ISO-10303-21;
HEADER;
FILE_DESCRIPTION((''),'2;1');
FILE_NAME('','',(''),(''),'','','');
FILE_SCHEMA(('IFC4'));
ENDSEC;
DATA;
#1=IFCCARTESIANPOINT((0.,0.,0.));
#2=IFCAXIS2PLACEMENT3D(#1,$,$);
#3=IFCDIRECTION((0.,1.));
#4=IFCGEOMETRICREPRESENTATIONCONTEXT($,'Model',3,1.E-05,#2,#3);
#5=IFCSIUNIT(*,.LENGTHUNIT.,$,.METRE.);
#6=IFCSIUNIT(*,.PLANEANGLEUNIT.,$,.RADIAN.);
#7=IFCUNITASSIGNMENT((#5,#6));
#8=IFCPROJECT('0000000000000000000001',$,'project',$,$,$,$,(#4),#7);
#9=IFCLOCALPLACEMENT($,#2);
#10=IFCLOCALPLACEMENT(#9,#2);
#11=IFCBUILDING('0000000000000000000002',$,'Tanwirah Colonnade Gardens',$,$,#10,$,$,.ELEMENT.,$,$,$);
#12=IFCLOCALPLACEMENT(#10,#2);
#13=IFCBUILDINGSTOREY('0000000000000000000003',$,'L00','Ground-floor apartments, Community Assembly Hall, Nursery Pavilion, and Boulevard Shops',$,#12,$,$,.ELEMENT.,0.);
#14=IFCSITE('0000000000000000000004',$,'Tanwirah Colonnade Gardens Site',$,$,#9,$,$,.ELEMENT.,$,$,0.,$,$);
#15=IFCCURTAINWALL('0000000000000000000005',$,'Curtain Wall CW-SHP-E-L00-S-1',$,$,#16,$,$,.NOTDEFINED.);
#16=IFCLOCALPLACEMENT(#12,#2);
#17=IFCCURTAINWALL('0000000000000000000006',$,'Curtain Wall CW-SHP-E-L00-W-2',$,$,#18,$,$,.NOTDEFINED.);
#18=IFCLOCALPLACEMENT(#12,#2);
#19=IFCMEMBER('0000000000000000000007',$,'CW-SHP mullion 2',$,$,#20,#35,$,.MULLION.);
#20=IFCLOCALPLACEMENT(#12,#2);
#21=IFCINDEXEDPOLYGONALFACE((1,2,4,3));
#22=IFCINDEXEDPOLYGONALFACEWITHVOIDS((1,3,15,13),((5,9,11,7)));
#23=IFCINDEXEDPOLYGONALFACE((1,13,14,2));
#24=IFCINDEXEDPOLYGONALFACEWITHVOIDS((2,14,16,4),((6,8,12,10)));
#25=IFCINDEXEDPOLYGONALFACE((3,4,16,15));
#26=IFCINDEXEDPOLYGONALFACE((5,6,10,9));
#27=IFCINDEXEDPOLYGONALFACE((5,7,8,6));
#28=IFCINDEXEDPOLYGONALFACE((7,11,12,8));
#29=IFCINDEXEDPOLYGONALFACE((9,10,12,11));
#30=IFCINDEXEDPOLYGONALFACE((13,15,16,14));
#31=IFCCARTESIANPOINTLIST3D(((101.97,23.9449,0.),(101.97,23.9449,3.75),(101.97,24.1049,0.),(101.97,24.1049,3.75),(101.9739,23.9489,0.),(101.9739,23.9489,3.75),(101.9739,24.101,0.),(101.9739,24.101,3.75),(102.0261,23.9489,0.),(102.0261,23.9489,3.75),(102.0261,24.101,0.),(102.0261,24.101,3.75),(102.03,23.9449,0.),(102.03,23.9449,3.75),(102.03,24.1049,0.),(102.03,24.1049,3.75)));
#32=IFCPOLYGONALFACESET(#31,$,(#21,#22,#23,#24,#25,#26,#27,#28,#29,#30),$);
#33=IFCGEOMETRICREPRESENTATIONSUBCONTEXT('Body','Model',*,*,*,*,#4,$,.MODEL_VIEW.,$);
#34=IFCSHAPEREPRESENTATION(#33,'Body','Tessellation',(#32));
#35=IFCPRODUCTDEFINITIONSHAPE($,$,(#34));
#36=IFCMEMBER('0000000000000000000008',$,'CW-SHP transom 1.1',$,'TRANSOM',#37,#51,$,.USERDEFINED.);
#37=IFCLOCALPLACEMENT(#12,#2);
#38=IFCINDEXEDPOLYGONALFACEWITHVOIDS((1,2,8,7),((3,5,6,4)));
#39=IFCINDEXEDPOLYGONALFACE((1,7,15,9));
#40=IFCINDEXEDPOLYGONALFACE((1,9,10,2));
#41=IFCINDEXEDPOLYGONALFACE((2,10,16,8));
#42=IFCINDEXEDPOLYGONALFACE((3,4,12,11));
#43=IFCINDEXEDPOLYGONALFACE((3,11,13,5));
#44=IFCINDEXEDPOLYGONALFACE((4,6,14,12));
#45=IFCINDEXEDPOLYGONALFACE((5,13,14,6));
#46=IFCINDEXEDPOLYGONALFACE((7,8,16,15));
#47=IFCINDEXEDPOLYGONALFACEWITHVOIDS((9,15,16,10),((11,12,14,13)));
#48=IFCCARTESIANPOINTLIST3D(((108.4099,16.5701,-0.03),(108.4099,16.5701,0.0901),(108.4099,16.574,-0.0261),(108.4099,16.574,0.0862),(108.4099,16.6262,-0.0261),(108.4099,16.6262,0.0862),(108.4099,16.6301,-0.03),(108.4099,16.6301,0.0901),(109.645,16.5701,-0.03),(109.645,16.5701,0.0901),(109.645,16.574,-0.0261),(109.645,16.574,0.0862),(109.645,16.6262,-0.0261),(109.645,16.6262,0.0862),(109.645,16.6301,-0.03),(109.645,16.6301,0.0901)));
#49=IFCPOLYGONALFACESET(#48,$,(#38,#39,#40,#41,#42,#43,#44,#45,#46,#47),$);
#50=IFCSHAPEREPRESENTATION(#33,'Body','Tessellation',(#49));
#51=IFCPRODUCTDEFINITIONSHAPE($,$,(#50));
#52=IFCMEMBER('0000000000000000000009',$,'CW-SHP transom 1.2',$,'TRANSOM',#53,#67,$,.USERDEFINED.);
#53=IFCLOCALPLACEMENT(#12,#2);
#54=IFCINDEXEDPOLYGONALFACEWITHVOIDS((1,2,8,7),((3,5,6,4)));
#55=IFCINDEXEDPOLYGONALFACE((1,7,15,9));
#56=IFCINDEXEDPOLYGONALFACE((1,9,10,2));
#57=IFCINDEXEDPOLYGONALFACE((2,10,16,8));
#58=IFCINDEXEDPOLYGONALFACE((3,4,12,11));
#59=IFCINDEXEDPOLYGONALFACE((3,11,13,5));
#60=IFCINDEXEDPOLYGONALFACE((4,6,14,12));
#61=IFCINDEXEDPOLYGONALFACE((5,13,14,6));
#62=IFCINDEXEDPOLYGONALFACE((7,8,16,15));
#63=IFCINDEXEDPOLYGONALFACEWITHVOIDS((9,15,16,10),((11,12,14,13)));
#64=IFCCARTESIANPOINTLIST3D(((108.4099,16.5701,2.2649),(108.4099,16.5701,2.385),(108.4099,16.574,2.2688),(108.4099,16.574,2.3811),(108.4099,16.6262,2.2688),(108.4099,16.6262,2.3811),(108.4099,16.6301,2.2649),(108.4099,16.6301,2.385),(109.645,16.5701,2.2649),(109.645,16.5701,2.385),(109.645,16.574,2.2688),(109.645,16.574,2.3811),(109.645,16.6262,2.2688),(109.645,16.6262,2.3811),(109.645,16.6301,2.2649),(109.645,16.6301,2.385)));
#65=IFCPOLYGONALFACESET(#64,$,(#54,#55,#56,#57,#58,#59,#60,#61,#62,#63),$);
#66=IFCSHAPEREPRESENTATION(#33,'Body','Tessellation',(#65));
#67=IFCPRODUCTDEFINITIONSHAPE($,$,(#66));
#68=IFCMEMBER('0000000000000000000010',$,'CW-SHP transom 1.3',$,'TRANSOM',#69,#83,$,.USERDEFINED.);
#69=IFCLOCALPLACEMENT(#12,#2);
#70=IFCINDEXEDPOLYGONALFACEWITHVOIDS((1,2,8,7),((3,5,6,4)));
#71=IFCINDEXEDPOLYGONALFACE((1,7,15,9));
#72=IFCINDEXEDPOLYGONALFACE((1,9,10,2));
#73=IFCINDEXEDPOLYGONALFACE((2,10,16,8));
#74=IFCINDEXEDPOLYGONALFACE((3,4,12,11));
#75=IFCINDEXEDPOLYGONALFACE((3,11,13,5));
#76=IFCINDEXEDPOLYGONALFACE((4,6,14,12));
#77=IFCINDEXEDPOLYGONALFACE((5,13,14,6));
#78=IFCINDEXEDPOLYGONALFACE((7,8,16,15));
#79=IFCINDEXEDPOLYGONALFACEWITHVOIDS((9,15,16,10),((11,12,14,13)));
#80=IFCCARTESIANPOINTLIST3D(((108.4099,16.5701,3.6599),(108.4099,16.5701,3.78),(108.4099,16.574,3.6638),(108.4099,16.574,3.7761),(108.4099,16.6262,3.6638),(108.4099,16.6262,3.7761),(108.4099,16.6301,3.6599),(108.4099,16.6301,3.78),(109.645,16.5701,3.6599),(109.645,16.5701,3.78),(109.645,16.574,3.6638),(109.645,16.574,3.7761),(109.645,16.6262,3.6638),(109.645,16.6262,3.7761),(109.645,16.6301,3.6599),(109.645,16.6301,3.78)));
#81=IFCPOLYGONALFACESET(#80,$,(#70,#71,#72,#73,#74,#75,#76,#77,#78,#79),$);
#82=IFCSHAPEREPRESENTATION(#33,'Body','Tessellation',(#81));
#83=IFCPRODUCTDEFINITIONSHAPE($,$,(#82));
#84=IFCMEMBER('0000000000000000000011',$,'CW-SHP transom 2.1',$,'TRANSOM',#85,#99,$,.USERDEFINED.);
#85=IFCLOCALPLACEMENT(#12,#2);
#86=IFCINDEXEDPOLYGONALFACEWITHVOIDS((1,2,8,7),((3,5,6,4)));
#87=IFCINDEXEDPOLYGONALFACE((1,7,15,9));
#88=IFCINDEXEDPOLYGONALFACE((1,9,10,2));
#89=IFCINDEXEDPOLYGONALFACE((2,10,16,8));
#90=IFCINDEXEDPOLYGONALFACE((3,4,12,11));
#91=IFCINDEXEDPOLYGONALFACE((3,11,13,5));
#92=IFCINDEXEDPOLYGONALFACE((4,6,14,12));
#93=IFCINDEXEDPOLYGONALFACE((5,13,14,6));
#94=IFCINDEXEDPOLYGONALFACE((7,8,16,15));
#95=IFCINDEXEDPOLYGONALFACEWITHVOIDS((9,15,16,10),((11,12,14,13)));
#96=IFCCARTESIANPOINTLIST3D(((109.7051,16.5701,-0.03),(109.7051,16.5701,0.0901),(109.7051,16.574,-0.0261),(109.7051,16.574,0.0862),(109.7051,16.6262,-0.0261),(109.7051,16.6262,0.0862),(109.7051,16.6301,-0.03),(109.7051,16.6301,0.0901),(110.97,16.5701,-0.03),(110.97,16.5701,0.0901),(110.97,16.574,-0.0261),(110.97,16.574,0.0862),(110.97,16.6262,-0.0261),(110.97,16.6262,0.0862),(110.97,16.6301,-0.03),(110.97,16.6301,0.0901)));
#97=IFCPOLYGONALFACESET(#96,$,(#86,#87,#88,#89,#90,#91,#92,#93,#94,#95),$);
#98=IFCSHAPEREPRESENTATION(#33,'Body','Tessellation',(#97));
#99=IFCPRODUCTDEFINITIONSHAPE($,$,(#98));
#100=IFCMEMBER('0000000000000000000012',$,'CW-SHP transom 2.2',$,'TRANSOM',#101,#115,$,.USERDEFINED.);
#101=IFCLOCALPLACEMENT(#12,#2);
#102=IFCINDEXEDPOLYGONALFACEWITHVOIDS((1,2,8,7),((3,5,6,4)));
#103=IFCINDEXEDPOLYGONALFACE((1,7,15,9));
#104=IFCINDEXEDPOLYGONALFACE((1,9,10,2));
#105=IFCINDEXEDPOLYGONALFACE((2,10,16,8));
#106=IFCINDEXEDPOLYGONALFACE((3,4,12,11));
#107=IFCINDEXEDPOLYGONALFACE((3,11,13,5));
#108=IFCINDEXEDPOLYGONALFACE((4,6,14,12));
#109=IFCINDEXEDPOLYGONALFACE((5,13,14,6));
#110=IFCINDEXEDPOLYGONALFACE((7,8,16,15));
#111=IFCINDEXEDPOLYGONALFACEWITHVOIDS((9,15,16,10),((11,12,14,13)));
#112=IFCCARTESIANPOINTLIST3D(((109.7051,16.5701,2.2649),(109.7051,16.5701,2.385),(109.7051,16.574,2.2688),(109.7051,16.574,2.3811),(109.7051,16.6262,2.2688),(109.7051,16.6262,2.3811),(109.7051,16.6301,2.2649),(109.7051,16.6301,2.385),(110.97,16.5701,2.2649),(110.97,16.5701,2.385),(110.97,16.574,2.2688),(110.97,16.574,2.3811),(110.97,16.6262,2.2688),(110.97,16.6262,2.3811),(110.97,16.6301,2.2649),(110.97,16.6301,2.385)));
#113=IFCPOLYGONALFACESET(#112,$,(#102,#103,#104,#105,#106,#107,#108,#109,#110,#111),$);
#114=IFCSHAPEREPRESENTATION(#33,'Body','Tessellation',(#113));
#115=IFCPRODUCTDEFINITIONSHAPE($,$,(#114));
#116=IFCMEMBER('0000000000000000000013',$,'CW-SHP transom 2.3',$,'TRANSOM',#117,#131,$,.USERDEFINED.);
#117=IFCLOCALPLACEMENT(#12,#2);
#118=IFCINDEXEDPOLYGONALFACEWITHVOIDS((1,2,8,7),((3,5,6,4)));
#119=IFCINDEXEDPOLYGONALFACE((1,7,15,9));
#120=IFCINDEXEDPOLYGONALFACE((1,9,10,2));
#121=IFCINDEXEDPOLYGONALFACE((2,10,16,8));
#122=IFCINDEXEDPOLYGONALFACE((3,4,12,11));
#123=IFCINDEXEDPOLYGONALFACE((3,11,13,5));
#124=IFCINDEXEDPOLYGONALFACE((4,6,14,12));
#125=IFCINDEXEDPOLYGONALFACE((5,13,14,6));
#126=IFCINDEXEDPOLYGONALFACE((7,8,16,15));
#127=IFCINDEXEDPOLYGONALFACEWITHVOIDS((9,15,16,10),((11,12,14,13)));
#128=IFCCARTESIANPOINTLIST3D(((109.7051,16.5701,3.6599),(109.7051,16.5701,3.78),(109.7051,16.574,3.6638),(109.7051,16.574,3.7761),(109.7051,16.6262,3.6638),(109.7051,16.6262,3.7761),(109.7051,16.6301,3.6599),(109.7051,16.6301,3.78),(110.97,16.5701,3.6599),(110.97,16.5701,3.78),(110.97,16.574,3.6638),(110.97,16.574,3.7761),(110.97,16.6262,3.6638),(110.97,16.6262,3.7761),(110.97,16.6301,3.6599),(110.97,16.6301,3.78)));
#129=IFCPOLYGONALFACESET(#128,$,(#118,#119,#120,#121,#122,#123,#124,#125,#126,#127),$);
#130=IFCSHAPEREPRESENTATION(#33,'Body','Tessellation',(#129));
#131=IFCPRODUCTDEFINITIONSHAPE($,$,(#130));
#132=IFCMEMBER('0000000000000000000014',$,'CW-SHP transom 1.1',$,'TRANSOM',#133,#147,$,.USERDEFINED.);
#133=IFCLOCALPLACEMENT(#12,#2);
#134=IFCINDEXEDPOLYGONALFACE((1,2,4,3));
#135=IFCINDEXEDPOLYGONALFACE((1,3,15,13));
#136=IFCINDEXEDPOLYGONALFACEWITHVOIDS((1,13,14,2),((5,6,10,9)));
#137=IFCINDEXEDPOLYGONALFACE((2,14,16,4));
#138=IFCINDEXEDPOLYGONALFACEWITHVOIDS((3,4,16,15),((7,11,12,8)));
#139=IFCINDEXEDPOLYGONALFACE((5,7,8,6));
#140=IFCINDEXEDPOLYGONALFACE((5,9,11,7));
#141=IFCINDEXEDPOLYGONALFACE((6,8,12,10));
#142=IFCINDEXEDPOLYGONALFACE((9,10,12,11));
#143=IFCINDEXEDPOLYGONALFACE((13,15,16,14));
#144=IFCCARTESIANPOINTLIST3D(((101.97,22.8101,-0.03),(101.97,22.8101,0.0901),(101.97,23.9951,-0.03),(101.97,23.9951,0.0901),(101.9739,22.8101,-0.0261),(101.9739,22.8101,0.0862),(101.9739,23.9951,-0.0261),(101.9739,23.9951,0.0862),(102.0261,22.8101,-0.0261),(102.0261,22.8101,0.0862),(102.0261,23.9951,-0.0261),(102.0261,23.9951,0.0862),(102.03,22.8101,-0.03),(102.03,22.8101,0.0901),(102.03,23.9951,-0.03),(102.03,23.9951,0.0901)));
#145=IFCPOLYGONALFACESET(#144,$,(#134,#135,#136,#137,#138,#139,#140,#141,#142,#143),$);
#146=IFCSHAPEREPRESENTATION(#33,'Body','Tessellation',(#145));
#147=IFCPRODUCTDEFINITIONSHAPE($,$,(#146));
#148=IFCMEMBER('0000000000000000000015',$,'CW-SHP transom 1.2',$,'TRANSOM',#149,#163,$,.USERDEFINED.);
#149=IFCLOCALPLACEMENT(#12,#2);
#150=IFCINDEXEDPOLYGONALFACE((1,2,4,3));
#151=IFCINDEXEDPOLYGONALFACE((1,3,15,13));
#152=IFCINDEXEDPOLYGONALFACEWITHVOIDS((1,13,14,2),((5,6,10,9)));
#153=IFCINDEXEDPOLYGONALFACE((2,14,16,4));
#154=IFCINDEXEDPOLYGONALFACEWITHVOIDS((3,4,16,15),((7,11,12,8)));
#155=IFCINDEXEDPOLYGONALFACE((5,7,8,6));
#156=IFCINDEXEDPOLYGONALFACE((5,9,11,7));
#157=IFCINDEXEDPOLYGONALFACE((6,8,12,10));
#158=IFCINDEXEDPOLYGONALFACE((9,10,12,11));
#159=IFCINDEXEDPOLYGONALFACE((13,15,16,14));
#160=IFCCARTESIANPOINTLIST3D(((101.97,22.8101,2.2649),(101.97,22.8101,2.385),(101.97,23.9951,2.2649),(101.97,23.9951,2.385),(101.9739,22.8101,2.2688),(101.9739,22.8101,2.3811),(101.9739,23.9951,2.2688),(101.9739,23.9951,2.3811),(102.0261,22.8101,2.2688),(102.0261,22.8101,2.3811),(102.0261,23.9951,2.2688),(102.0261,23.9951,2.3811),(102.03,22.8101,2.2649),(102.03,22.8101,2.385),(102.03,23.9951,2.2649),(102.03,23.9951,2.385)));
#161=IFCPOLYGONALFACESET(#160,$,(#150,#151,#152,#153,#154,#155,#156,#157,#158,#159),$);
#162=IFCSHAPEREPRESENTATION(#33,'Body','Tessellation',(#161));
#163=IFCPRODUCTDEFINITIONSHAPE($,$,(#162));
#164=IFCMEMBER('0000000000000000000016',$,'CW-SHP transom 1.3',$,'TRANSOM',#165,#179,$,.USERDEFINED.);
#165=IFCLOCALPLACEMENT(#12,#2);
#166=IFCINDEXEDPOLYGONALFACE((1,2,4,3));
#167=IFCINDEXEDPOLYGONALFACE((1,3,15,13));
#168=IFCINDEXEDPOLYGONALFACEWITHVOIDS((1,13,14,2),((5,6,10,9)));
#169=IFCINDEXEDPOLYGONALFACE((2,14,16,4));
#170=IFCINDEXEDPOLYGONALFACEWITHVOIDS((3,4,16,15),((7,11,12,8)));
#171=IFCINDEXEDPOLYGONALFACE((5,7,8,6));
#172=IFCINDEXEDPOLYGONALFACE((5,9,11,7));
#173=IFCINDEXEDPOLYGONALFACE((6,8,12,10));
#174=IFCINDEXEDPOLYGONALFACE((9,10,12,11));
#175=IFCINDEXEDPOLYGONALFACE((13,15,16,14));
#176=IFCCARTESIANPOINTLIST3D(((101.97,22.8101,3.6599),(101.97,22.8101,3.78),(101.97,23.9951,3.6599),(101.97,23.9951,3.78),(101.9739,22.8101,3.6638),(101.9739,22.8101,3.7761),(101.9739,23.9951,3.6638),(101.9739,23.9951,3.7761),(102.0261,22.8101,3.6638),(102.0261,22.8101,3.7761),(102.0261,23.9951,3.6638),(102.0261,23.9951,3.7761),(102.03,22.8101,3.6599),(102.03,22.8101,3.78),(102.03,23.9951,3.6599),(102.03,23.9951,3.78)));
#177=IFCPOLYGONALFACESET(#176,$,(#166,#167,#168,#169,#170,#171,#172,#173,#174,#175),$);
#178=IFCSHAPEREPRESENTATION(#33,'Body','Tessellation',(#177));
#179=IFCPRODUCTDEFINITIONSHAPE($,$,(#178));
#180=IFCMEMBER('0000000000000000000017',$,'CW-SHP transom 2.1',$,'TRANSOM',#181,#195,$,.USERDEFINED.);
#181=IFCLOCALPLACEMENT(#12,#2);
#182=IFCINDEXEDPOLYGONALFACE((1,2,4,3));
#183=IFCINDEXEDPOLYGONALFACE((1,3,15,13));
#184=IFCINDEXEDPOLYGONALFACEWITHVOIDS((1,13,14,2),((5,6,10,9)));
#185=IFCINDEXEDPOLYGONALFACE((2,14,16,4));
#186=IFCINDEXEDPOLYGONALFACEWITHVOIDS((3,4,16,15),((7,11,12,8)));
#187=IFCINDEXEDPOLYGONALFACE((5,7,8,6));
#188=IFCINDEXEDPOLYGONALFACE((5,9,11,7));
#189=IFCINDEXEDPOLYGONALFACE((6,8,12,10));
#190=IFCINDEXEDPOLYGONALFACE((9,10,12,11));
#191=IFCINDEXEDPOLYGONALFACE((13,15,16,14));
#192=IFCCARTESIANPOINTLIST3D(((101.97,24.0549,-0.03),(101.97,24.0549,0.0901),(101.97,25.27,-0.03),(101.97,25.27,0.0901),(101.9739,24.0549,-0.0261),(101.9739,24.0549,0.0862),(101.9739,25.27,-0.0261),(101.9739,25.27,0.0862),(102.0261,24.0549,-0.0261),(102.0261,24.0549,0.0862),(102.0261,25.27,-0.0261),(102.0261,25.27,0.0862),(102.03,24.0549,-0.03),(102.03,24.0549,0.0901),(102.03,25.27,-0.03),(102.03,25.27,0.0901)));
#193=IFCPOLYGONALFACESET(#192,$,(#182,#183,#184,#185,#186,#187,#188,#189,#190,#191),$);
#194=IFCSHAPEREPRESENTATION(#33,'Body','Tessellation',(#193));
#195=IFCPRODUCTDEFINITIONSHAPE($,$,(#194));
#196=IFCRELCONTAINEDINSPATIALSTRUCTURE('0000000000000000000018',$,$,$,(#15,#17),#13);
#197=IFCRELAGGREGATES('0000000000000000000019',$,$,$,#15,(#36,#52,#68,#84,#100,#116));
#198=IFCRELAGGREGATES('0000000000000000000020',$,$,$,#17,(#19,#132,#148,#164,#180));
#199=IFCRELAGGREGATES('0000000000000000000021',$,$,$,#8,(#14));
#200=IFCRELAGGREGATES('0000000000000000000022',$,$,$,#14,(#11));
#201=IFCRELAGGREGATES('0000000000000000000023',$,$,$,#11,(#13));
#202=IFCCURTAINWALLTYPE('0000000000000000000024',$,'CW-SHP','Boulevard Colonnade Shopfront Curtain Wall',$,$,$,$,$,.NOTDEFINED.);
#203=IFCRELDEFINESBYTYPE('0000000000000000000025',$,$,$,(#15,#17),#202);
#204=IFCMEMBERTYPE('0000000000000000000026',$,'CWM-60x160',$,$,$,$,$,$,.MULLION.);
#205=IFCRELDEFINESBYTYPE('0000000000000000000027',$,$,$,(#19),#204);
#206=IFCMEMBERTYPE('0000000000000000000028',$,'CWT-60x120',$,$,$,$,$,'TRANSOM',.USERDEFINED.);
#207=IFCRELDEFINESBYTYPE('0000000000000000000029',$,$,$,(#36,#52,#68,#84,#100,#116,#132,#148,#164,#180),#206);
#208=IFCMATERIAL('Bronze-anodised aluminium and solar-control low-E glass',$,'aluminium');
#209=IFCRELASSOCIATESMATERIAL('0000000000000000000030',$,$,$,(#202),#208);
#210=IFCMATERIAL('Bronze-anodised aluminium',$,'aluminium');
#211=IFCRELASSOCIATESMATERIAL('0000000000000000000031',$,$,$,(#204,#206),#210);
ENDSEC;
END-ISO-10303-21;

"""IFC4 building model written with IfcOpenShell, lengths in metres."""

from ifc_helpers import new_model, si_unit, direction, frame, origin, origin_2d, place, context, subcontext, project, spatial, hollow_rectangle, extrude, material, material_profile, profile_set, type_object, element, aggregate, save


model = new_model("IFC4")

# Units and contexts
model_context = context("Model", 3, precision=1e-05, world=origin(), true_north=direction((0.0, 1.0)))
body_context = subcontext(model_context, "Body", "Model", "MODEL_VIEW")
ifc_project = project(units=[si_unit("LENGTHUNIT", "METRE"), si_unit("PLANEANGLEUNIT", "RADIAN")], contexts=[model_context])

# Site, building, storey
site_placement = place(None, origin())
site = spatial("IfcSite", under=ifc_project, at=site_placement, Name="Tanwirah Colonnade Gardens Site", CompositionType="ELEMENT", RefElevation=0.0)
building_placement = place(site_placement, origin())
building = spatial("IfcBuilding", under=site, at=building_placement, Name="Tanwirah Colonnade Gardens", CompositionType="ELEMENT")
storey_placement = place(building_placement, origin())
storey = spatial("IfcBuildingStorey", under=building, at=storey_placement, Name="L00", Description="Ground-floor apartments, Community Assembly Hall, Nursery Pavilion, and Boulevard Shops", CompositionType="ELEMENT", Elevation=0.0)

# Curtain walls, member
ifc_material_1 = material(Name="Bronze-anodised aluminium and solar-control low-E glass", Category="aluminium")
curtain_wall_type = type_object("IfcCurtainWallType", Name="CW-SHP", Description="Boulevard Colonnade Shopfront Curtain Wall", PredefinedType="NOTDEFINED", material=ifc_material_1)
curtain_wall_1_placement = place(storey_placement, origin())
curtain_wall_1 = element("IfcCurtainWall", 1, at=curtain_wall_1_placement, inside=storey, type_object=curtain_wall_type, Name="Curtain Wall CW-SHP-E-L00-S-1", PredefinedType="NOTDEFINED")
ifc_material_2 = material(Name="Bronze-anodised aluminium", Category="aluminium")
ifc_material_profile_1 = material_profile(ifc_material_2, hollow_rectangle(XDim=0.0601, YDim=0.1599, WallThickness=0.0039, at=origin_2d()), Name="CW-MUL 60x160x4")
ifc_profile_set_1 = profile_set([ifc_material_profile_1], Name="Bronze-anodised aluminium")
member_type_1 = type_object("IfcMemberType", Name="CWM-60x160", PredefinedType="MULLION", material=ifc_profile_set_1)
curtain_wall_2_placement = place(storey_placement, origin())
curtain_wall_2 = element("IfcCurtainWall", 2, at=curtain_wall_2_placement, inside=storey, type_object=curtain_wall_type, Name="Curtain Wall CW-SHP-E-L00-W-2", PredefinedType="NOTDEFINED")
member_1_placement = place(storey_placement, frame((102.0, 24.0249, 0.0), z_axis=(0.0, 0.0, 1.0), x_axis=(-1.0, 0.0, 0.0)))
member_1 = element("IfcMember", 3, at=member_1_placement, type_object=member_type_1, Name="CW-SHP mullion 2", PredefinedType="MULLION", context=body_context, shape_type="SweptSolid", body=[
    extrude(hollow_rectangle(XDim=0.0601, YDim=0.1599, WallThickness=0.0039, at=origin_2d()), origin(), (0.0, 0.0, 1.0), 3.75),
])

# Members
ifc_material_profile_2 = material_profile(ifc_material_2, hollow_rectangle(XDim=0.0601, YDim=0.1201, WallThickness=0.0039, at=origin_2d()), Name="CW-TRN 60x120x4")
ifc_profile_set_2 = profile_set([ifc_material_profile_2], Name="Bronze-anodised aluminium")
member_type_2 = type_object("IfcMemberType", Name="CWT-60x120", ElementType="TRANSOM", PredefinedType="USERDEFINED", material=ifc_profile_set_2)
member_2_placement = place(storey_placement, frame((108.4099, 16.6001, 0.03), z_axis=(1.0, 0.0, 0.0), x_axis=(0.0, 1.0, 0.0)))
member_2 = element("IfcMember", 4, at=member_2_placement, type_object=member_type_2, Name="CW-SHP transom 1.1", ObjectType="TRANSOM", PredefinedType="USERDEFINED", context=body_context, shape_type="SweptSolid", body=[
    extrude(hollow_rectangle(XDim=0.0601, YDim=0.1201, WallThickness=0.0039, at=origin_2d()), origin(), (0.0, 0.0, 1.0), 1.2351),
])
member_3_placement = place(storey_placement, frame((108.4099, 16.6001, 2.325), z_axis=(1.0, 0.0, 0.0), x_axis=(0.0, 1.0, 0.0)))
member_3 = element("IfcMember", 5, at=member_3_placement, type_object=member_type_2, Name="CW-SHP transom 1.2", ObjectType="TRANSOM", PredefinedType="USERDEFINED", context=body_context, shape_type="SweptSolid", body=[
    extrude(hollow_rectangle(XDim=0.0601, YDim=0.1201, WallThickness=0.0039, at=origin_2d()), origin(), (0.0, 0.0, 1.0), 1.2351),
])
member_4_placement = place(storey_placement, frame((108.4099, 16.6001, 3.72), z_axis=(1.0, 0.0, 0.0), x_axis=(0.0, 1.0, 0.0)))
member_4 = element("IfcMember", 6, at=member_4_placement, type_object=member_type_2, Name="CW-SHP transom 1.3", ObjectType="TRANSOM", PredefinedType="USERDEFINED", context=body_context, shape_type="SweptSolid", body=[
    extrude(hollow_rectangle(XDim=0.0601, YDim=0.1201, WallThickness=0.0039, at=origin_2d()), origin(), (0.0, 0.0, 1.0), 1.2351),
])
member_5_placement = place(storey_placement, frame((109.7051, 16.6001, 0.03), z_axis=(1.0, 0.0, 0.0), x_axis=(0.0, 1.0, 0.0)))
member_5 = element("IfcMember", 7, at=member_5_placement, type_object=member_type_2, Name="CW-SHP transom 2.1", ObjectType="TRANSOM", PredefinedType="USERDEFINED", context=body_context, shape_type="SweptSolid", body=[
    extrude(hollow_rectangle(XDim=0.0601, YDim=0.1201, WallThickness=0.0039, at=origin_2d()), origin(), (0.0, 0.0, 1.0), 1.2649),
])
member_6_placement = place(storey_placement, frame((109.7051, 16.6001, 2.325), z_axis=(1.0, 0.0, 0.0), x_axis=(0.0, 1.0, 0.0)))
member_6 = element("IfcMember", 8, at=member_6_placement, type_object=member_type_2, Name="CW-SHP transom 2.2", ObjectType="TRANSOM", PredefinedType="USERDEFINED", context=body_context, shape_type="SweptSolid", body=[
    extrude(hollow_rectangle(XDim=0.0601, YDim=0.1201, WallThickness=0.0039, at=origin_2d()), origin(), (0.0, 0.0, 1.0), 1.2649),
])
member_7_placement = place(storey_placement, frame((109.7051, 16.6001, 3.72), z_axis=(1.0, 0.0, 0.0), x_axis=(0.0, 1.0, 0.0)))
member_7 = element("IfcMember", 9, at=member_7_placement, type_object=member_type_2, Name="CW-SHP transom 2.3", ObjectType="TRANSOM", PredefinedType="USERDEFINED", context=body_context, shape_type="SweptSolid", body=[
    extrude(hollow_rectangle(XDim=0.0601, YDim=0.1201, WallThickness=0.0039, at=origin_2d()), origin(), (0.0, 0.0, 1.0), 1.2649),
])
member_8_placement = place(storey_placement, frame((102.0, 22.8101, 0.03), z_axis=(0.0, 1.0, 0.0), x_axis=(-1.0, 0.0, 0.0)))
member_8 = element("IfcMember", 10, at=member_8_placement, type_object=member_type_2, Name="CW-SHP transom 1.1", ObjectType="TRANSOM", PredefinedType="USERDEFINED", context=body_context, shape_type="SweptSolid", body=[
    extrude(hollow_rectangle(XDim=0.0601, YDim=0.1201, WallThickness=0.0039, at=origin_2d()), origin(), (0.0, 0.0, 1.0), 1.1851),
])
member_9_placement = place(storey_placement, frame((102.0, 22.8101, 2.325), z_axis=(0.0, 1.0, 0.0), x_axis=(-1.0, 0.0, 0.0)))
member_9 = element("IfcMember", 11, at=member_9_placement, type_object=member_type_2, Name="CW-SHP transom 1.2", ObjectType="TRANSOM", PredefinedType="USERDEFINED", context=body_context, shape_type="SweptSolid", body=[
    extrude(hollow_rectangle(XDim=0.0601, YDim=0.1201, WallThickness=0.0039, at=origin_2d()), origin(), (0.0, 0.0, 1.0), 1.1851),
])
member_10_placement = place(storey_placement, frame((102.0, 22.8101, 3.72), z_axis=(0.0, 1.0, 0.0), x_axis=(-1.0, 0.0, 0.0)))
member_10 = element("IfcMember", 12, at=member_10_placement, type_object=member_type_2, Name="CW-SHP transom 1.3", ObjectType="TRANSOM", PredefinedType="USERDEFINED", context=body_context, shape_type="SweptSolid", body=[
    extrude(hollow_rectangle(XDim=0.0601, YDim=0.1201, WallThickness=0.0039, at=origin_2d()), origin(), (0.0, 0.0, 1.0), 1.1851),
])
member_11_placement = place(storey_placement, frame((102.0, 24.0549, 0.03), z_axis=(0.0, 1.0, 0.0), x_axis=(-1.0, 0.0, 0.0)))
member_11 = element("IfcMember", 13, at=member_11_placement, type_object=member_type_2, Name="CW-SHP transom 2.1", ObjectType="TRANSOM", PredefinedType="USERDEFINED", context=body_context, shape_type="SweptSolid", body=[
    extrude(hollow_rectangle(XDim=0.0601, YDim=0.1201, WallThickness=0.0039, at=origin_2d()), origin(), (0.0, 0.0, 1.0), 1.2151),
])

aggregate(curtain_wall_1, [member_2, member_3, member_4, member_5, member_6, member_7])
aggregate(curtain_wall_2, [member_1, member_8, member_9, member_10, member_11])

save(model, "model.ifc")
